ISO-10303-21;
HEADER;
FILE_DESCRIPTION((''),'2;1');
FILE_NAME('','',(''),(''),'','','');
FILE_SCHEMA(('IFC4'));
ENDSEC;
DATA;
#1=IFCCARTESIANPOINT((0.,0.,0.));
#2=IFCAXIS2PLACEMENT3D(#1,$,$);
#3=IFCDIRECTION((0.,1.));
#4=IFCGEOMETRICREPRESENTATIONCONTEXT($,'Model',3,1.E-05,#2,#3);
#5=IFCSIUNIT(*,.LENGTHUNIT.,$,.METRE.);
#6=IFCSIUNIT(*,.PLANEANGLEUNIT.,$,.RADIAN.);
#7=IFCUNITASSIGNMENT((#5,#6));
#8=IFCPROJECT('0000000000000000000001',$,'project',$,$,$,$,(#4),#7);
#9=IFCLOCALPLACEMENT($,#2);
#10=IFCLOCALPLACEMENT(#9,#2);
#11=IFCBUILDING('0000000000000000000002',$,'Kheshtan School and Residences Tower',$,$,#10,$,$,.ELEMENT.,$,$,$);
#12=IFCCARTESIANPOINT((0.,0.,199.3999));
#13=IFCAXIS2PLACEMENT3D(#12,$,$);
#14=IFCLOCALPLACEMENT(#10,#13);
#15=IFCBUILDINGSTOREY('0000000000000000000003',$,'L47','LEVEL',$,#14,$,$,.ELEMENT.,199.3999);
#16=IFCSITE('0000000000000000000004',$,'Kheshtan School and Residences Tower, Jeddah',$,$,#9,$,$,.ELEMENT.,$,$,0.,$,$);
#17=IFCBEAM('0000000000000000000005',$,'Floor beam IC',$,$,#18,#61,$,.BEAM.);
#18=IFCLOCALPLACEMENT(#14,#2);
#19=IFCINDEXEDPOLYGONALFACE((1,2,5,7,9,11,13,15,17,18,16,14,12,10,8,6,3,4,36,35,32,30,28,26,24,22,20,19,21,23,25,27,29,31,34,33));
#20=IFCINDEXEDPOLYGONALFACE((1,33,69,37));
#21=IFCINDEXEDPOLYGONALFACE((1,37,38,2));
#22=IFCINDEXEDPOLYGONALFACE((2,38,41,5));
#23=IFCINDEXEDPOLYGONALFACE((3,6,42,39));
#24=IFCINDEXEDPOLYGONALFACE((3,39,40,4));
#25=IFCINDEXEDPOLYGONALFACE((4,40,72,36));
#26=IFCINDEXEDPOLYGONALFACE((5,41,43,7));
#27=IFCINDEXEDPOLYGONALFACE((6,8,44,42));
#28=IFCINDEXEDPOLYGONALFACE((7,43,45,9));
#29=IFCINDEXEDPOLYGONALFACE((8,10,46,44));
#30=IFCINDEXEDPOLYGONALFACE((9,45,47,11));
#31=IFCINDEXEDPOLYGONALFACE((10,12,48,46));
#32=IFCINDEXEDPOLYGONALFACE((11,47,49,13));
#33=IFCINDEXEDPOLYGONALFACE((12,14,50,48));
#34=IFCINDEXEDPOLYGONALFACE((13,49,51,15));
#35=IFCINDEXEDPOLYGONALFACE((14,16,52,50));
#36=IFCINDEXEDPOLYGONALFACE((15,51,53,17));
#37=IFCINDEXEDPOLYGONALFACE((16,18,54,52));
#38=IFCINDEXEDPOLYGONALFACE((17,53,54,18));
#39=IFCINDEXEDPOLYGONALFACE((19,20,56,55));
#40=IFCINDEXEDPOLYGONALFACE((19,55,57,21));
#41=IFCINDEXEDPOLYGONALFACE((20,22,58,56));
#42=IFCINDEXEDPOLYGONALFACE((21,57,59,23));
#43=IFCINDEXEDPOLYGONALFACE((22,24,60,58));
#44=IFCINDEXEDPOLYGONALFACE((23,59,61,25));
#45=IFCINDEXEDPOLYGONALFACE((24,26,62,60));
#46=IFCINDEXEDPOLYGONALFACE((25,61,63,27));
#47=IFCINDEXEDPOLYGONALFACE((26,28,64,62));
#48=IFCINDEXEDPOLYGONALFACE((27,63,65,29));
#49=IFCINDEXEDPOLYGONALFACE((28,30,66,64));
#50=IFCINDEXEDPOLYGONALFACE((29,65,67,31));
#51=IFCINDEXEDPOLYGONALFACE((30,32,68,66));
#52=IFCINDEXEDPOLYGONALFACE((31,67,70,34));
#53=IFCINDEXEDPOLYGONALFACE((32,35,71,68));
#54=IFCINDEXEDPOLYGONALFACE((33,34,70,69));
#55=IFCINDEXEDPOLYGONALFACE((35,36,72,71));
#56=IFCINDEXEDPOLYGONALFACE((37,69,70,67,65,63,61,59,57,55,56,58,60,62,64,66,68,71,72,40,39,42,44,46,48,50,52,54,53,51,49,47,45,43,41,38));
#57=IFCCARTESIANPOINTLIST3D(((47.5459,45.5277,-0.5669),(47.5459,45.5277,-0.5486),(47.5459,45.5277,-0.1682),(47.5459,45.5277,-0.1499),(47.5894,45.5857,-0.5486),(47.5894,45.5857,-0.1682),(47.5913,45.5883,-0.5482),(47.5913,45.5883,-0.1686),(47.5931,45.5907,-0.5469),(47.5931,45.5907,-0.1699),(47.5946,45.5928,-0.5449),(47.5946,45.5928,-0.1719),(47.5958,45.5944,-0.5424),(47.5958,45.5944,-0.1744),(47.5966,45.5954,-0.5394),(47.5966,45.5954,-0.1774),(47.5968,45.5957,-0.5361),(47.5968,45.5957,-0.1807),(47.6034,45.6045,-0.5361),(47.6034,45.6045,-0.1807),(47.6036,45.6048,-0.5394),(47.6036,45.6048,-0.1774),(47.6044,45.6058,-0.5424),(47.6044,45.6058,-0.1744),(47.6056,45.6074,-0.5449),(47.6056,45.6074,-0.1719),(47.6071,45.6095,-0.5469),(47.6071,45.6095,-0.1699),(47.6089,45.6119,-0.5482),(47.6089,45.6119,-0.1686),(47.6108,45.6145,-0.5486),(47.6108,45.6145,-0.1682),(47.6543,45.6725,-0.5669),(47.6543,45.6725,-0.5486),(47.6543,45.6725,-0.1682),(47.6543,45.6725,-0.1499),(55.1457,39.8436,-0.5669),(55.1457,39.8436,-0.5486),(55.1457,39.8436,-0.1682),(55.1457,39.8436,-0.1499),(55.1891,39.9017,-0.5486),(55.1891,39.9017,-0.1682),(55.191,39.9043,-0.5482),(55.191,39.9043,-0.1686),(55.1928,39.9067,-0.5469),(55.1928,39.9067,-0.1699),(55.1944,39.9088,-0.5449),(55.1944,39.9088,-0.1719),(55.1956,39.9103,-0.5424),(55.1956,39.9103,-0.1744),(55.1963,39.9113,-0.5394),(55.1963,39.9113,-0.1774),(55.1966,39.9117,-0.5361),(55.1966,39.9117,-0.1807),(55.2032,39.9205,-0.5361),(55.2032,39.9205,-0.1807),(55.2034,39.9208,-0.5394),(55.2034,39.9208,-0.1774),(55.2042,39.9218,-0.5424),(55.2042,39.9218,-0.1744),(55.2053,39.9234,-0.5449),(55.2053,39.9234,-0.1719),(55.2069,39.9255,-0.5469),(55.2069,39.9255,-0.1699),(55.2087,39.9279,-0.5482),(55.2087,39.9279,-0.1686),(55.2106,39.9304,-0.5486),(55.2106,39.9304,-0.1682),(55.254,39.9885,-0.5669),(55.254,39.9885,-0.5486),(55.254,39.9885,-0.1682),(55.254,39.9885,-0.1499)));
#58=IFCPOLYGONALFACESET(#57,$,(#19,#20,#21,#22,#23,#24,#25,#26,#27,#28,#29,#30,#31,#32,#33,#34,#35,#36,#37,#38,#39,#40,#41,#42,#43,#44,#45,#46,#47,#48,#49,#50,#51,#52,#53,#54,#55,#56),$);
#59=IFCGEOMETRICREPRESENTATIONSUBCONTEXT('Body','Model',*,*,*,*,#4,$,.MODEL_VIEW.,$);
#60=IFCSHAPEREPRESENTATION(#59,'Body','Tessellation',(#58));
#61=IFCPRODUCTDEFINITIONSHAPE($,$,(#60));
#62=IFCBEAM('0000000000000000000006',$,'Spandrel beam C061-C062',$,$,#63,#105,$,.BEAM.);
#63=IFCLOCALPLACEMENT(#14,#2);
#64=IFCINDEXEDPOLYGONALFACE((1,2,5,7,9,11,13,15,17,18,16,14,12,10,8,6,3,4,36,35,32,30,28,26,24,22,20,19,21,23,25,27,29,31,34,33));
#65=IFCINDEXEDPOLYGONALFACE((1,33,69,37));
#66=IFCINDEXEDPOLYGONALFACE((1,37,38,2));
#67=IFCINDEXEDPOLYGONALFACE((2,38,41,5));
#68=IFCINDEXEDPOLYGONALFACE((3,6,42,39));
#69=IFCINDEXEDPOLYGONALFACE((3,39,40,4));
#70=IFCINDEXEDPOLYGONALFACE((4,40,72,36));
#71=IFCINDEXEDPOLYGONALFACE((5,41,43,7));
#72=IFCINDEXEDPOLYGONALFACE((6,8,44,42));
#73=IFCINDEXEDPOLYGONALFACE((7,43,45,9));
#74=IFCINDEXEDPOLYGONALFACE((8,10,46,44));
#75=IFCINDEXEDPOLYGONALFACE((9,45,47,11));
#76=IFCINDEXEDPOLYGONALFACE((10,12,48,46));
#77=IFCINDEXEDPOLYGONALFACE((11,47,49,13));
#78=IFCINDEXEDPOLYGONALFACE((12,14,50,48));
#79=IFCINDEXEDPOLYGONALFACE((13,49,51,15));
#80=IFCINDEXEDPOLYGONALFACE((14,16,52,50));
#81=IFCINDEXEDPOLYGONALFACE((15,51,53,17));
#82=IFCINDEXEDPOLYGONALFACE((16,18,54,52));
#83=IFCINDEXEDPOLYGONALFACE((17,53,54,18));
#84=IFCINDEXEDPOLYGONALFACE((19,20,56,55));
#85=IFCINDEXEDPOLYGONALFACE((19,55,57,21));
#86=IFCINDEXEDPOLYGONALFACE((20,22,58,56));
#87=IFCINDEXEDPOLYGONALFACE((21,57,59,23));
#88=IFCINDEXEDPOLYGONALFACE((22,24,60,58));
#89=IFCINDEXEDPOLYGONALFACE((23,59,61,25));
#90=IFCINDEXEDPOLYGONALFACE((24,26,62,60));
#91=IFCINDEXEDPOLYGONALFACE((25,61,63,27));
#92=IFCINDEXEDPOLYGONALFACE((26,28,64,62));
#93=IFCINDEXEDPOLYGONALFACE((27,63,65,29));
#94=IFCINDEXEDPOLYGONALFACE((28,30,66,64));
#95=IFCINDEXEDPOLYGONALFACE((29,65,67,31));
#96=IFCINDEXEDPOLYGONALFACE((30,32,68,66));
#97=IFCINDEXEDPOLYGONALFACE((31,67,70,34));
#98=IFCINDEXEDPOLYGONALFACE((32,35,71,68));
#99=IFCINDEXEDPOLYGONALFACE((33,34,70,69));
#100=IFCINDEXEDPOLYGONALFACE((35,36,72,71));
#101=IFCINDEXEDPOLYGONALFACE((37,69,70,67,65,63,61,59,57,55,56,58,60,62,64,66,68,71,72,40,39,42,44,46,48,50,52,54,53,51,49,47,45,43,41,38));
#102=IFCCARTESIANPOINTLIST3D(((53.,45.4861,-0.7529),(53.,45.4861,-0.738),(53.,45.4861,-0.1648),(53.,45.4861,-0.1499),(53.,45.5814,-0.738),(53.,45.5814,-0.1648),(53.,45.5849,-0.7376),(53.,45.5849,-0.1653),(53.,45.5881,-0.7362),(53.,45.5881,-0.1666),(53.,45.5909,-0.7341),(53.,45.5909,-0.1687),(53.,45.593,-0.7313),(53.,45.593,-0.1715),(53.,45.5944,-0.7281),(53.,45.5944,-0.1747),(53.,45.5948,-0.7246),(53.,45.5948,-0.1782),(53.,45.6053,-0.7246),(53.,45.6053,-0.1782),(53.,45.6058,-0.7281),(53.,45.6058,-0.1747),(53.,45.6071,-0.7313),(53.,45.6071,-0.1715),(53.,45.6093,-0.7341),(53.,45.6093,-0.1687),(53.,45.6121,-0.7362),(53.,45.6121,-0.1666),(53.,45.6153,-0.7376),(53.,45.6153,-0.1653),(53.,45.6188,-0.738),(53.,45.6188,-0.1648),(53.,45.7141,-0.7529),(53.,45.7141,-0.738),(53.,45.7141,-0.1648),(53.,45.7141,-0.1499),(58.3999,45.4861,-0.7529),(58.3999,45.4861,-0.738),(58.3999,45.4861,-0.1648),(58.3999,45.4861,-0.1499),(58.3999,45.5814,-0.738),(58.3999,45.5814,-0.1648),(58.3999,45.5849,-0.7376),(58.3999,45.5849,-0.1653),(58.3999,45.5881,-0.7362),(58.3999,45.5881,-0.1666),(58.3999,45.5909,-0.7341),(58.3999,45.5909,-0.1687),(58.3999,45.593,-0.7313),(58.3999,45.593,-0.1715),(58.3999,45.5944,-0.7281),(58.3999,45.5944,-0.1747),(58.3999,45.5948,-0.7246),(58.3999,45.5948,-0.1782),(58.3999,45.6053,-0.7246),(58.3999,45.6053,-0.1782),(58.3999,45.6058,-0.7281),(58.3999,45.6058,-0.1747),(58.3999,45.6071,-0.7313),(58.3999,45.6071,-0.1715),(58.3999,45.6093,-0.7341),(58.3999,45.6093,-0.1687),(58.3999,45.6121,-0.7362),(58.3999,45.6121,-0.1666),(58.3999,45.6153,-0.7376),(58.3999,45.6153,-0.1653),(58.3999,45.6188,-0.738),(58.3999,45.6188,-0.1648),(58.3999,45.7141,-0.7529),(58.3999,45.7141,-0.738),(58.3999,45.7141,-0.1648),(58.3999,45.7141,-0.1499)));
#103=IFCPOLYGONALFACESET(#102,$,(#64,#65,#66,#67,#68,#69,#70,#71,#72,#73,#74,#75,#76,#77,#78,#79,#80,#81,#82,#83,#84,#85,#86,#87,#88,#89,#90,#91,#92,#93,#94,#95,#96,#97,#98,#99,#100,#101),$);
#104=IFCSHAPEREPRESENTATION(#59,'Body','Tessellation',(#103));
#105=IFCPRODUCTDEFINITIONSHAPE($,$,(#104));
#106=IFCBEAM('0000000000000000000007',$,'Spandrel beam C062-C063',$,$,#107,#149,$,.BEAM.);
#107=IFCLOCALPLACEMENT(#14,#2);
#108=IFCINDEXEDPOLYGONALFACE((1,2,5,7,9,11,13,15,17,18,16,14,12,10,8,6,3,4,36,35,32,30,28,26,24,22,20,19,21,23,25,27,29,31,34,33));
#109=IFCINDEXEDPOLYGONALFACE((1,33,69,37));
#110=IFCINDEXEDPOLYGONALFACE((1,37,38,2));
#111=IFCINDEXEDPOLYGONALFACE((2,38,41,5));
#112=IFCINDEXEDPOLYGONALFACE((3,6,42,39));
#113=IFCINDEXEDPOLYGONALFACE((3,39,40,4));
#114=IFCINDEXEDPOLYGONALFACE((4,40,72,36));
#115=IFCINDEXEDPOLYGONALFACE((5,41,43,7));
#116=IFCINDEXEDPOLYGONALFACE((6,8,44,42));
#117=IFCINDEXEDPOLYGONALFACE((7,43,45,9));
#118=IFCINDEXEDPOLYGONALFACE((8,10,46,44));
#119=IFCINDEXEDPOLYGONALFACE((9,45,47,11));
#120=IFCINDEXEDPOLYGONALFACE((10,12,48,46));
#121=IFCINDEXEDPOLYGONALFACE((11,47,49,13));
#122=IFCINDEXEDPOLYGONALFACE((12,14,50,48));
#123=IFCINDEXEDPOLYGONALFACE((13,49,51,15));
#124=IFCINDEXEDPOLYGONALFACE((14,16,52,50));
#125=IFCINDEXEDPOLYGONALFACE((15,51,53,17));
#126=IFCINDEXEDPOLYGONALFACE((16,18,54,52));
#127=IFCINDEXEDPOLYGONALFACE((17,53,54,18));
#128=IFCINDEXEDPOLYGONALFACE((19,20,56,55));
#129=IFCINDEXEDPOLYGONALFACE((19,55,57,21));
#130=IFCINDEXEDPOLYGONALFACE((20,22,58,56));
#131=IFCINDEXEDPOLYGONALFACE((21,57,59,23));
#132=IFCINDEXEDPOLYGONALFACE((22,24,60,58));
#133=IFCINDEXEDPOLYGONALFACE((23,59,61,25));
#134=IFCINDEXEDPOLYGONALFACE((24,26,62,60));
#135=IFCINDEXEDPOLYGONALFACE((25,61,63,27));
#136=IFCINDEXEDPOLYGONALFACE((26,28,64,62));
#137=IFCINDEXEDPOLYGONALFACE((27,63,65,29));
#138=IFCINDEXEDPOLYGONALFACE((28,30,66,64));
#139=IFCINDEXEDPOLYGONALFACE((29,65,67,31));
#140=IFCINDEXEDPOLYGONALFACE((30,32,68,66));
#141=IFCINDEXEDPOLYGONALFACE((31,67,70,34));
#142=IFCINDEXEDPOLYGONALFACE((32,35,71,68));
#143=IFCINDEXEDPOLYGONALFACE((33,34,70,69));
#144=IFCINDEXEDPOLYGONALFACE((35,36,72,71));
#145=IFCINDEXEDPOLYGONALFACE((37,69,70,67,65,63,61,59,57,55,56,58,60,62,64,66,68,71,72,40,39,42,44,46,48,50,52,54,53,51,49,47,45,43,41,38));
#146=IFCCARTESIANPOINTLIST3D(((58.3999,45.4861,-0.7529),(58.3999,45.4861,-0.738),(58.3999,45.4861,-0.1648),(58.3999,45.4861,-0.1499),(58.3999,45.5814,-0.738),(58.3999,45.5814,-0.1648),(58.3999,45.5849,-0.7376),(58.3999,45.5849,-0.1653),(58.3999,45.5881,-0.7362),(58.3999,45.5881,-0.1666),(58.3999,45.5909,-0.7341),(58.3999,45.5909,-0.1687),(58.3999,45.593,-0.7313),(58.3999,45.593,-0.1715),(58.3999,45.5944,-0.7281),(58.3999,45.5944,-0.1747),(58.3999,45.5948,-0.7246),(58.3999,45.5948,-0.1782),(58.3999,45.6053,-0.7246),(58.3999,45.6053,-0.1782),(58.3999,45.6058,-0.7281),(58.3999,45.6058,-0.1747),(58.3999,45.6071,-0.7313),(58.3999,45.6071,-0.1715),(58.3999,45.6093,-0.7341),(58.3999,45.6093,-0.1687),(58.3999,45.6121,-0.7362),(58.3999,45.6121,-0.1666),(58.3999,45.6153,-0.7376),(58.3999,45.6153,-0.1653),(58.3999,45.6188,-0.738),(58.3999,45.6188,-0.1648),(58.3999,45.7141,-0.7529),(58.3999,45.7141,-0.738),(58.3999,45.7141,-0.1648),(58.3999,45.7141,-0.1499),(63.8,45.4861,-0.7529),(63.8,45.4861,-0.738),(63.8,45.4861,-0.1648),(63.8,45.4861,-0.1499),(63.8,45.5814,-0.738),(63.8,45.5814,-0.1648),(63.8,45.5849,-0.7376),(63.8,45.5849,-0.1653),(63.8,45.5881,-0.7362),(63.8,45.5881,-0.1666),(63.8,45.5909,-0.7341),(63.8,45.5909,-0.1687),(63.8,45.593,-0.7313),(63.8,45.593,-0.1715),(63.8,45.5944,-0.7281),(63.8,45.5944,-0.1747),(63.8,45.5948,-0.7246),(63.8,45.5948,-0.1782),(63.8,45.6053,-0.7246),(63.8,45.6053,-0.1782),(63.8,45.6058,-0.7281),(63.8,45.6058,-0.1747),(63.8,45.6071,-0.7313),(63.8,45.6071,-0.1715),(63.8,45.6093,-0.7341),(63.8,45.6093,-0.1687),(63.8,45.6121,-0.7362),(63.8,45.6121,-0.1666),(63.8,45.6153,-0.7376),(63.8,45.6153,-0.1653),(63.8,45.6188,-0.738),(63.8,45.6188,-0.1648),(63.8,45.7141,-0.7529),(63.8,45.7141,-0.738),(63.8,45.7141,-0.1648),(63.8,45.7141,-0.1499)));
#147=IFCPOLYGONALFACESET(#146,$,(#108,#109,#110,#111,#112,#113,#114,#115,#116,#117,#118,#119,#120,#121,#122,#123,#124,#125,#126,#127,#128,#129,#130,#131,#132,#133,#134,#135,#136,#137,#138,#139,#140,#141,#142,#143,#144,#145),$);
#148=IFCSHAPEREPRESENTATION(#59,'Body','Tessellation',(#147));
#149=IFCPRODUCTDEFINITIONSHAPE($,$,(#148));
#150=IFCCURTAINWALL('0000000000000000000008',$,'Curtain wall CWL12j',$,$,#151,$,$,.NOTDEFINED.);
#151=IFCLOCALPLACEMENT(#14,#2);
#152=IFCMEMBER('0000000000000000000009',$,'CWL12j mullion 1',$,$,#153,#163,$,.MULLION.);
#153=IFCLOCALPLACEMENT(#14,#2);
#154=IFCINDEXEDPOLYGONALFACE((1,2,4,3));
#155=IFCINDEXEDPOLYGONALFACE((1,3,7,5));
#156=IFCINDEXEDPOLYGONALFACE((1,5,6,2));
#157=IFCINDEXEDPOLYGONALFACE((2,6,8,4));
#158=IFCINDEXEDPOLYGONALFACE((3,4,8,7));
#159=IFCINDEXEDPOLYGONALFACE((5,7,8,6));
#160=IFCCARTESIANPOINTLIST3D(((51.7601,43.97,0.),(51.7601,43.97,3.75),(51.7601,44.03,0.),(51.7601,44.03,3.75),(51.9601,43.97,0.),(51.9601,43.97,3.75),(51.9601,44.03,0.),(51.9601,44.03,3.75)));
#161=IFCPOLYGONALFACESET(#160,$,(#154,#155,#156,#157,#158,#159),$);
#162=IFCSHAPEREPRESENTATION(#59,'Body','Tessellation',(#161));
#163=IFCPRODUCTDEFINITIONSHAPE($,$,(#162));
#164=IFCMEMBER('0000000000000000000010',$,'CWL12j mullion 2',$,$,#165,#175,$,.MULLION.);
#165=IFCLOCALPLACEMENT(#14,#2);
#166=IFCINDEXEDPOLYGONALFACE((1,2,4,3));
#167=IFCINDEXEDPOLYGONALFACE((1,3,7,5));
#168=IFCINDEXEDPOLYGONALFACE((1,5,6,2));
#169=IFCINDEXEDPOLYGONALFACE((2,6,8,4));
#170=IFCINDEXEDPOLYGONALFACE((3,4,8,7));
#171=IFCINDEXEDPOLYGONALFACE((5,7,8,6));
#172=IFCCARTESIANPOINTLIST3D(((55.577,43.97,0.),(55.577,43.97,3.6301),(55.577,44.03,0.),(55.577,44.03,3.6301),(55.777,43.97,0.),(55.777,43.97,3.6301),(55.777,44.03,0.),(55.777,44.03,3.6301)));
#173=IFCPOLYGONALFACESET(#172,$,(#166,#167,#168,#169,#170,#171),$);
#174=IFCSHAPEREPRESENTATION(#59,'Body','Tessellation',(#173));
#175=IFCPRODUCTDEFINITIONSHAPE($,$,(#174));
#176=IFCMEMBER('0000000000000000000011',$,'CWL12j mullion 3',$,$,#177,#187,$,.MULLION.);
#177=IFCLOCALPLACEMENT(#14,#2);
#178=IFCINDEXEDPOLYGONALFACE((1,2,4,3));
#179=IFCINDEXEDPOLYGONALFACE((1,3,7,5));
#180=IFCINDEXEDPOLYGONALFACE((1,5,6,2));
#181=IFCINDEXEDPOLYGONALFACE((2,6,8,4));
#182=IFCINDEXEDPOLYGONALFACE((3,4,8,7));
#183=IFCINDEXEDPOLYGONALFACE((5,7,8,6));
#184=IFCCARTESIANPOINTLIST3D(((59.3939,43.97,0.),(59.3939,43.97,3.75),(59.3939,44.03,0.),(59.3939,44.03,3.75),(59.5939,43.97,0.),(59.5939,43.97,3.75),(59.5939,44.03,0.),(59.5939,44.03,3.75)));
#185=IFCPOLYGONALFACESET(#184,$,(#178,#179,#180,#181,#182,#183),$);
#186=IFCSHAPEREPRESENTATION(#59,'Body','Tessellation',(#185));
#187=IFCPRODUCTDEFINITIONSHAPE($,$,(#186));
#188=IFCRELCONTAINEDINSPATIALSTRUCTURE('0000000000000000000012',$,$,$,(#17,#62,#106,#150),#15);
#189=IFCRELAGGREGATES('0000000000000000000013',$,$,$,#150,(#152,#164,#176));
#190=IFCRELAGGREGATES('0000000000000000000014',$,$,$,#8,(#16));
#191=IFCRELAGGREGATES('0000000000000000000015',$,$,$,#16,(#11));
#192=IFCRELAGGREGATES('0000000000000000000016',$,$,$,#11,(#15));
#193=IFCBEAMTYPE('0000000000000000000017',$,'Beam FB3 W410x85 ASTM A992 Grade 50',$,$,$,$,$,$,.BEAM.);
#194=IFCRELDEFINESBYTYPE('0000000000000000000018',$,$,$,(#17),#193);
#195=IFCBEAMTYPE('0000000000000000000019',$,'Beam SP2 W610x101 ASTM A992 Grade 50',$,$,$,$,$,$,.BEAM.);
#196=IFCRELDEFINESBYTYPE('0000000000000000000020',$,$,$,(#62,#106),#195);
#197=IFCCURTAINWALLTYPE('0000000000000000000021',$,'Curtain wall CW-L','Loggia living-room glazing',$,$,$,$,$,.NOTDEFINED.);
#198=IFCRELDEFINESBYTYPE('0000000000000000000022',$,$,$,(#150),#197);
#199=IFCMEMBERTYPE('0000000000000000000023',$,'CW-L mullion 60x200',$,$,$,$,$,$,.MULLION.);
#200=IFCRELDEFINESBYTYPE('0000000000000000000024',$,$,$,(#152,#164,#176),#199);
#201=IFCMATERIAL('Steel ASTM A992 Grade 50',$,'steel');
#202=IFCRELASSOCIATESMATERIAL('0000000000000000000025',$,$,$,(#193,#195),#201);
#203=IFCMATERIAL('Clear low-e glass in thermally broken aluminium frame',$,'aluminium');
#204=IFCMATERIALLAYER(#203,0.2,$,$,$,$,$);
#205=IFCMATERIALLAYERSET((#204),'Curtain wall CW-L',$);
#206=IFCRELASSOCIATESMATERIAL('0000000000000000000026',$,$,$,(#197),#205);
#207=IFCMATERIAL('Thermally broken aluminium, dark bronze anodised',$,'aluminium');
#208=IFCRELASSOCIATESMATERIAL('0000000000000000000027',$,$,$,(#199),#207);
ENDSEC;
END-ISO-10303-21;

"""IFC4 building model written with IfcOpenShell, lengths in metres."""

from ifc_helpers import new_model, si_unit, direction, frame, origin, origin_2d, place, context, subcontext, project, spatial, rectangle, i_section, extrude, material, layer, layer_set, material_profile, profile_set, type_object, element, aggregate, save


model = new_model("IFC4")

# Units and contexts
model_context = context("Model", 3, precision=1e-05, world=origin(), true_north=direction((0.0, 1.0)))
body_context = subcontext(model_context, "Body", "Model", "MODEL_VIEW")
ifc_project = project(units=[si_unit("LENGTHUNIT", "METRE"), si_unit("PLANEANGLEUNIT", "RADIAN")], contexts=[model_context])

# Site, building, storey
site_placement = place(None, origin())
site = spatial("IfcSite", under=ifc_project, at=site_placement, Name="Kheshtan School and Residences Tower, Jeddah", CompositionType="ELEMENT", RefElevation=0.0)
building_placement = place(site_placement, origin())
building = spatial("IfcBuilding", under=site, at=building_placement, Name="Kheshtan School and Residences Tower", CompositionType="ELEMENT")
storey_placement = place(building_placement, frame((0.0, 0.0, 199.3999)))
storey = spatial("IfcBuildingStorey", under=building, at=storey_placement, Name="L47", Description="LEVEL", CompositionType="ELEMENT", Elevation=199.3999)

# Shared definitions
ifc_material_1 = material(Name="Steel ASTM A992 Grade 50", Category="steel")

# Beams
ifc_material_profile_1 = material_profile(ifc_material_1, i_section(OverallWidth=0.1809, OverallDepth=0.417, WebThickness=0.011, FlangeThickness=0.0183, FilletRadius=0.0125, at=origin_2d()), Name="W410x85")
ifc_profile_set_1 = profile_set([ifc_material_profile_1], Name="Steel ASTM A992 Grade 50")
beam_type_1 = type_object("IfcBeamType", Name="Beam FB3 W410x85 ASTM A992 Grade 50", PredefinedType="BEAM", material=ifc_profile_set_1)
beam_1_placement = place(storey_placement, frame((47.6001, 45.6001, -0.3584), z_axis=(0.800799, -0.598933, 0.0), x_axis=(0.598933, 0.800799, 0.0)))
element("IfcBeam", 1, at=beam_1_placement, inside=storey, type_object=beam_type_1, Name="Floor beam IC", PredefinedType="BEAM", context=body_context, shape_type="SweptSolid", body=[
    extrude(i_section(OverallWidth=0.1809, OverallDepth=0.417, WebThickness=0.011, FlangeThickness=0.0183, FilletRadius=0.0125, at=origin_2d()), origin(), (0.0, 0.0, 1.0), 9.4902),
])
ifc_material_profile_2 = material_profile(ifc_material_1, i_section(OverallWidth=0.228, OverallDepth=0.603, WebThickness=0.0105, FlangeThickness=0.0149, FilletRadius=0.0134, at=origin_2d()), Name="W610x101")
ifc_profile_set_2 = profile_set([ifc_material_profile_2], Name="Steel ASTM A992 Grade 50")
beam_type_2 = type_object("IfcBeamType", Name="Beam SP2 W610x101 ASTM A992 Grade 50", PredefinedType="BEAM", material=ifc_profile_set_2)
beam_2_placement = place(storey_placement, frame((53.0, 45.6001, -0.4514), z_axis=(1.0, 0.0, 0.0), x_axis=(0.0, 1.0, 0.0)))
element("IfcBeam", 2, at=beam_2_placement, inside=storey, type_object=beam_type_2, Name="Spandrel beam C061-C062", PredefinedType="BEAM", context=body_context, shape_type="SweptSolid", body=[
    extrude(i_section(OverallWidth=0.228, OverallDepth=0.603, WebThickness=0.0105, FlangeThickness=0.0149, FilletRadius=0.0134, at=origin_2d()), origin(), (0.0, 0.0, 1.0), 5.3999),
])
beam_3_placement = place(storey_placement, frame((58.3999, 45.6001, -0.4514), z_axis=(1.0, 0.0, 0.0), x_axis=(0.0, 1.0, 0.0)))
element("IfcBeam", 3, at=beam_3_placement, inside=storey, type_object=beam_type_2, Name="Spandrel beam C062-C063", PredefinedType="BEAM", context=body_context, shape_type="SweptSolid", body=[
    extrude(i_section(OverallWidth=0.228, OverallDepth=0.603, WebThickness=0.0105, FlangeThickness=0.0149, FilletRadius=0.0134, at=origin_2d()), origin(), (0.0, 0.0, 1.0), 5.4001),
])

# Curtain wall, members
ifc_material_2 = material(Name="Clear low-e glass in thermally broken aluminium frame", Category="aluminium")
ifc_layer_1 = layer(ifc_material_2, 0.2)
ifc_layer_set_1 = layer_set([ifc_layer_1], Name="Curtain wall CW-L")
curtain_wall_type = type_object("IfcCurtainWallType", Name="Curtain wall CW-L", Description="Loggia living-room glazing", PredefinedType="NOTDEFINED", material=ifc_layer_set_1)
curtain_wall_1_placement = place(storey_placement, origin())
curtain_wall_1 = element("IfcCurtainWall", 4, at=curtain_wall_1_placement, inside=storey, type_object=curtain_wall_type, Name="Curtain wall CWL12j", PredefinedType="NOTDEFINED")
ifc_material_3 = material(Name="Thermally broken aluminium, dark bronze anodised", Category="aluminium")
ifc_material_profile_3 = material_profile(ifc_material_3, rectangle(XDim=0.0601, YDim=0.2, at=origin_2d()), Name="CW-L mullion 60x200")
ifc_profile_set_3 = profile_set([ifc_material_profile_3], Name="Thermally broken aluminium, dark bronze anodised")
member_type_1 = type_object("IfcMemberType", Name="CW-L mullion 60x200", PredefinedType="MULLION", material=ifc_profile_set_3)
member_1_placement = place(storey_placement, frame((51.8601, 44.0, 0.0), z_axis=(0.0, 0.0, 1.0), x_axis=(0.0, 1.0, 0.0)))
member_1 = element("IfcMember", 5, at=member_1_placement, type_object=member_type_1, Name="CWL12j mullion 1", PredefinedType="MULLION", context=body_context, shape_type="SweptSolid", body=[
    extrude(rectangle(XDim=0.0601, YDim=0.2, at=origin_2d()), origin(), (0.0, 0.0, 1.0), 3.75),
])
member_2_placement = place(storey_placement, frame((55.677, 44.0, 0.0), z_axis=(0.0, 0.0, 1.0), x_axis=(0.0, 1.0, 0.0)))
member_2 = element("IfcMember", 6, at=member_2_placement, type_object=member_type_1, Name="CWL12j mullion 2", PredefinedType="MULLION", context=body_context, shape_type="SweptSolid", body=[
    extrude(rectangle(XDim=0.0601, YDim=0.2, at=origin_2d()), origin(), (0.0, 0.0, 1.0), 3.6301),
])
member_3_placement = place(storey_placement, frame((59.4939, 44.0, 0.0), z_axis=(0.0, 0.0, 1.0), x_axis=(0.0, 1.0, 0.0)))
member_3 = element("IfcMember", 7, at=member_3_placement, type_object=member_type_1, Name="CWL12j mullion 3", PredefinedType="MULLION", context=body_context, shape_type="SweptSolid", body=[
    extrude(rectangle(XDim=0.0601, YDim=0.2, at=origin_2d()), origin(), (0.0, 0.0, 1.0), 3.75),
])

aggregate(curtain_wall_1, [member_1, member_2, member_3])

save(model, "model.ifc")
